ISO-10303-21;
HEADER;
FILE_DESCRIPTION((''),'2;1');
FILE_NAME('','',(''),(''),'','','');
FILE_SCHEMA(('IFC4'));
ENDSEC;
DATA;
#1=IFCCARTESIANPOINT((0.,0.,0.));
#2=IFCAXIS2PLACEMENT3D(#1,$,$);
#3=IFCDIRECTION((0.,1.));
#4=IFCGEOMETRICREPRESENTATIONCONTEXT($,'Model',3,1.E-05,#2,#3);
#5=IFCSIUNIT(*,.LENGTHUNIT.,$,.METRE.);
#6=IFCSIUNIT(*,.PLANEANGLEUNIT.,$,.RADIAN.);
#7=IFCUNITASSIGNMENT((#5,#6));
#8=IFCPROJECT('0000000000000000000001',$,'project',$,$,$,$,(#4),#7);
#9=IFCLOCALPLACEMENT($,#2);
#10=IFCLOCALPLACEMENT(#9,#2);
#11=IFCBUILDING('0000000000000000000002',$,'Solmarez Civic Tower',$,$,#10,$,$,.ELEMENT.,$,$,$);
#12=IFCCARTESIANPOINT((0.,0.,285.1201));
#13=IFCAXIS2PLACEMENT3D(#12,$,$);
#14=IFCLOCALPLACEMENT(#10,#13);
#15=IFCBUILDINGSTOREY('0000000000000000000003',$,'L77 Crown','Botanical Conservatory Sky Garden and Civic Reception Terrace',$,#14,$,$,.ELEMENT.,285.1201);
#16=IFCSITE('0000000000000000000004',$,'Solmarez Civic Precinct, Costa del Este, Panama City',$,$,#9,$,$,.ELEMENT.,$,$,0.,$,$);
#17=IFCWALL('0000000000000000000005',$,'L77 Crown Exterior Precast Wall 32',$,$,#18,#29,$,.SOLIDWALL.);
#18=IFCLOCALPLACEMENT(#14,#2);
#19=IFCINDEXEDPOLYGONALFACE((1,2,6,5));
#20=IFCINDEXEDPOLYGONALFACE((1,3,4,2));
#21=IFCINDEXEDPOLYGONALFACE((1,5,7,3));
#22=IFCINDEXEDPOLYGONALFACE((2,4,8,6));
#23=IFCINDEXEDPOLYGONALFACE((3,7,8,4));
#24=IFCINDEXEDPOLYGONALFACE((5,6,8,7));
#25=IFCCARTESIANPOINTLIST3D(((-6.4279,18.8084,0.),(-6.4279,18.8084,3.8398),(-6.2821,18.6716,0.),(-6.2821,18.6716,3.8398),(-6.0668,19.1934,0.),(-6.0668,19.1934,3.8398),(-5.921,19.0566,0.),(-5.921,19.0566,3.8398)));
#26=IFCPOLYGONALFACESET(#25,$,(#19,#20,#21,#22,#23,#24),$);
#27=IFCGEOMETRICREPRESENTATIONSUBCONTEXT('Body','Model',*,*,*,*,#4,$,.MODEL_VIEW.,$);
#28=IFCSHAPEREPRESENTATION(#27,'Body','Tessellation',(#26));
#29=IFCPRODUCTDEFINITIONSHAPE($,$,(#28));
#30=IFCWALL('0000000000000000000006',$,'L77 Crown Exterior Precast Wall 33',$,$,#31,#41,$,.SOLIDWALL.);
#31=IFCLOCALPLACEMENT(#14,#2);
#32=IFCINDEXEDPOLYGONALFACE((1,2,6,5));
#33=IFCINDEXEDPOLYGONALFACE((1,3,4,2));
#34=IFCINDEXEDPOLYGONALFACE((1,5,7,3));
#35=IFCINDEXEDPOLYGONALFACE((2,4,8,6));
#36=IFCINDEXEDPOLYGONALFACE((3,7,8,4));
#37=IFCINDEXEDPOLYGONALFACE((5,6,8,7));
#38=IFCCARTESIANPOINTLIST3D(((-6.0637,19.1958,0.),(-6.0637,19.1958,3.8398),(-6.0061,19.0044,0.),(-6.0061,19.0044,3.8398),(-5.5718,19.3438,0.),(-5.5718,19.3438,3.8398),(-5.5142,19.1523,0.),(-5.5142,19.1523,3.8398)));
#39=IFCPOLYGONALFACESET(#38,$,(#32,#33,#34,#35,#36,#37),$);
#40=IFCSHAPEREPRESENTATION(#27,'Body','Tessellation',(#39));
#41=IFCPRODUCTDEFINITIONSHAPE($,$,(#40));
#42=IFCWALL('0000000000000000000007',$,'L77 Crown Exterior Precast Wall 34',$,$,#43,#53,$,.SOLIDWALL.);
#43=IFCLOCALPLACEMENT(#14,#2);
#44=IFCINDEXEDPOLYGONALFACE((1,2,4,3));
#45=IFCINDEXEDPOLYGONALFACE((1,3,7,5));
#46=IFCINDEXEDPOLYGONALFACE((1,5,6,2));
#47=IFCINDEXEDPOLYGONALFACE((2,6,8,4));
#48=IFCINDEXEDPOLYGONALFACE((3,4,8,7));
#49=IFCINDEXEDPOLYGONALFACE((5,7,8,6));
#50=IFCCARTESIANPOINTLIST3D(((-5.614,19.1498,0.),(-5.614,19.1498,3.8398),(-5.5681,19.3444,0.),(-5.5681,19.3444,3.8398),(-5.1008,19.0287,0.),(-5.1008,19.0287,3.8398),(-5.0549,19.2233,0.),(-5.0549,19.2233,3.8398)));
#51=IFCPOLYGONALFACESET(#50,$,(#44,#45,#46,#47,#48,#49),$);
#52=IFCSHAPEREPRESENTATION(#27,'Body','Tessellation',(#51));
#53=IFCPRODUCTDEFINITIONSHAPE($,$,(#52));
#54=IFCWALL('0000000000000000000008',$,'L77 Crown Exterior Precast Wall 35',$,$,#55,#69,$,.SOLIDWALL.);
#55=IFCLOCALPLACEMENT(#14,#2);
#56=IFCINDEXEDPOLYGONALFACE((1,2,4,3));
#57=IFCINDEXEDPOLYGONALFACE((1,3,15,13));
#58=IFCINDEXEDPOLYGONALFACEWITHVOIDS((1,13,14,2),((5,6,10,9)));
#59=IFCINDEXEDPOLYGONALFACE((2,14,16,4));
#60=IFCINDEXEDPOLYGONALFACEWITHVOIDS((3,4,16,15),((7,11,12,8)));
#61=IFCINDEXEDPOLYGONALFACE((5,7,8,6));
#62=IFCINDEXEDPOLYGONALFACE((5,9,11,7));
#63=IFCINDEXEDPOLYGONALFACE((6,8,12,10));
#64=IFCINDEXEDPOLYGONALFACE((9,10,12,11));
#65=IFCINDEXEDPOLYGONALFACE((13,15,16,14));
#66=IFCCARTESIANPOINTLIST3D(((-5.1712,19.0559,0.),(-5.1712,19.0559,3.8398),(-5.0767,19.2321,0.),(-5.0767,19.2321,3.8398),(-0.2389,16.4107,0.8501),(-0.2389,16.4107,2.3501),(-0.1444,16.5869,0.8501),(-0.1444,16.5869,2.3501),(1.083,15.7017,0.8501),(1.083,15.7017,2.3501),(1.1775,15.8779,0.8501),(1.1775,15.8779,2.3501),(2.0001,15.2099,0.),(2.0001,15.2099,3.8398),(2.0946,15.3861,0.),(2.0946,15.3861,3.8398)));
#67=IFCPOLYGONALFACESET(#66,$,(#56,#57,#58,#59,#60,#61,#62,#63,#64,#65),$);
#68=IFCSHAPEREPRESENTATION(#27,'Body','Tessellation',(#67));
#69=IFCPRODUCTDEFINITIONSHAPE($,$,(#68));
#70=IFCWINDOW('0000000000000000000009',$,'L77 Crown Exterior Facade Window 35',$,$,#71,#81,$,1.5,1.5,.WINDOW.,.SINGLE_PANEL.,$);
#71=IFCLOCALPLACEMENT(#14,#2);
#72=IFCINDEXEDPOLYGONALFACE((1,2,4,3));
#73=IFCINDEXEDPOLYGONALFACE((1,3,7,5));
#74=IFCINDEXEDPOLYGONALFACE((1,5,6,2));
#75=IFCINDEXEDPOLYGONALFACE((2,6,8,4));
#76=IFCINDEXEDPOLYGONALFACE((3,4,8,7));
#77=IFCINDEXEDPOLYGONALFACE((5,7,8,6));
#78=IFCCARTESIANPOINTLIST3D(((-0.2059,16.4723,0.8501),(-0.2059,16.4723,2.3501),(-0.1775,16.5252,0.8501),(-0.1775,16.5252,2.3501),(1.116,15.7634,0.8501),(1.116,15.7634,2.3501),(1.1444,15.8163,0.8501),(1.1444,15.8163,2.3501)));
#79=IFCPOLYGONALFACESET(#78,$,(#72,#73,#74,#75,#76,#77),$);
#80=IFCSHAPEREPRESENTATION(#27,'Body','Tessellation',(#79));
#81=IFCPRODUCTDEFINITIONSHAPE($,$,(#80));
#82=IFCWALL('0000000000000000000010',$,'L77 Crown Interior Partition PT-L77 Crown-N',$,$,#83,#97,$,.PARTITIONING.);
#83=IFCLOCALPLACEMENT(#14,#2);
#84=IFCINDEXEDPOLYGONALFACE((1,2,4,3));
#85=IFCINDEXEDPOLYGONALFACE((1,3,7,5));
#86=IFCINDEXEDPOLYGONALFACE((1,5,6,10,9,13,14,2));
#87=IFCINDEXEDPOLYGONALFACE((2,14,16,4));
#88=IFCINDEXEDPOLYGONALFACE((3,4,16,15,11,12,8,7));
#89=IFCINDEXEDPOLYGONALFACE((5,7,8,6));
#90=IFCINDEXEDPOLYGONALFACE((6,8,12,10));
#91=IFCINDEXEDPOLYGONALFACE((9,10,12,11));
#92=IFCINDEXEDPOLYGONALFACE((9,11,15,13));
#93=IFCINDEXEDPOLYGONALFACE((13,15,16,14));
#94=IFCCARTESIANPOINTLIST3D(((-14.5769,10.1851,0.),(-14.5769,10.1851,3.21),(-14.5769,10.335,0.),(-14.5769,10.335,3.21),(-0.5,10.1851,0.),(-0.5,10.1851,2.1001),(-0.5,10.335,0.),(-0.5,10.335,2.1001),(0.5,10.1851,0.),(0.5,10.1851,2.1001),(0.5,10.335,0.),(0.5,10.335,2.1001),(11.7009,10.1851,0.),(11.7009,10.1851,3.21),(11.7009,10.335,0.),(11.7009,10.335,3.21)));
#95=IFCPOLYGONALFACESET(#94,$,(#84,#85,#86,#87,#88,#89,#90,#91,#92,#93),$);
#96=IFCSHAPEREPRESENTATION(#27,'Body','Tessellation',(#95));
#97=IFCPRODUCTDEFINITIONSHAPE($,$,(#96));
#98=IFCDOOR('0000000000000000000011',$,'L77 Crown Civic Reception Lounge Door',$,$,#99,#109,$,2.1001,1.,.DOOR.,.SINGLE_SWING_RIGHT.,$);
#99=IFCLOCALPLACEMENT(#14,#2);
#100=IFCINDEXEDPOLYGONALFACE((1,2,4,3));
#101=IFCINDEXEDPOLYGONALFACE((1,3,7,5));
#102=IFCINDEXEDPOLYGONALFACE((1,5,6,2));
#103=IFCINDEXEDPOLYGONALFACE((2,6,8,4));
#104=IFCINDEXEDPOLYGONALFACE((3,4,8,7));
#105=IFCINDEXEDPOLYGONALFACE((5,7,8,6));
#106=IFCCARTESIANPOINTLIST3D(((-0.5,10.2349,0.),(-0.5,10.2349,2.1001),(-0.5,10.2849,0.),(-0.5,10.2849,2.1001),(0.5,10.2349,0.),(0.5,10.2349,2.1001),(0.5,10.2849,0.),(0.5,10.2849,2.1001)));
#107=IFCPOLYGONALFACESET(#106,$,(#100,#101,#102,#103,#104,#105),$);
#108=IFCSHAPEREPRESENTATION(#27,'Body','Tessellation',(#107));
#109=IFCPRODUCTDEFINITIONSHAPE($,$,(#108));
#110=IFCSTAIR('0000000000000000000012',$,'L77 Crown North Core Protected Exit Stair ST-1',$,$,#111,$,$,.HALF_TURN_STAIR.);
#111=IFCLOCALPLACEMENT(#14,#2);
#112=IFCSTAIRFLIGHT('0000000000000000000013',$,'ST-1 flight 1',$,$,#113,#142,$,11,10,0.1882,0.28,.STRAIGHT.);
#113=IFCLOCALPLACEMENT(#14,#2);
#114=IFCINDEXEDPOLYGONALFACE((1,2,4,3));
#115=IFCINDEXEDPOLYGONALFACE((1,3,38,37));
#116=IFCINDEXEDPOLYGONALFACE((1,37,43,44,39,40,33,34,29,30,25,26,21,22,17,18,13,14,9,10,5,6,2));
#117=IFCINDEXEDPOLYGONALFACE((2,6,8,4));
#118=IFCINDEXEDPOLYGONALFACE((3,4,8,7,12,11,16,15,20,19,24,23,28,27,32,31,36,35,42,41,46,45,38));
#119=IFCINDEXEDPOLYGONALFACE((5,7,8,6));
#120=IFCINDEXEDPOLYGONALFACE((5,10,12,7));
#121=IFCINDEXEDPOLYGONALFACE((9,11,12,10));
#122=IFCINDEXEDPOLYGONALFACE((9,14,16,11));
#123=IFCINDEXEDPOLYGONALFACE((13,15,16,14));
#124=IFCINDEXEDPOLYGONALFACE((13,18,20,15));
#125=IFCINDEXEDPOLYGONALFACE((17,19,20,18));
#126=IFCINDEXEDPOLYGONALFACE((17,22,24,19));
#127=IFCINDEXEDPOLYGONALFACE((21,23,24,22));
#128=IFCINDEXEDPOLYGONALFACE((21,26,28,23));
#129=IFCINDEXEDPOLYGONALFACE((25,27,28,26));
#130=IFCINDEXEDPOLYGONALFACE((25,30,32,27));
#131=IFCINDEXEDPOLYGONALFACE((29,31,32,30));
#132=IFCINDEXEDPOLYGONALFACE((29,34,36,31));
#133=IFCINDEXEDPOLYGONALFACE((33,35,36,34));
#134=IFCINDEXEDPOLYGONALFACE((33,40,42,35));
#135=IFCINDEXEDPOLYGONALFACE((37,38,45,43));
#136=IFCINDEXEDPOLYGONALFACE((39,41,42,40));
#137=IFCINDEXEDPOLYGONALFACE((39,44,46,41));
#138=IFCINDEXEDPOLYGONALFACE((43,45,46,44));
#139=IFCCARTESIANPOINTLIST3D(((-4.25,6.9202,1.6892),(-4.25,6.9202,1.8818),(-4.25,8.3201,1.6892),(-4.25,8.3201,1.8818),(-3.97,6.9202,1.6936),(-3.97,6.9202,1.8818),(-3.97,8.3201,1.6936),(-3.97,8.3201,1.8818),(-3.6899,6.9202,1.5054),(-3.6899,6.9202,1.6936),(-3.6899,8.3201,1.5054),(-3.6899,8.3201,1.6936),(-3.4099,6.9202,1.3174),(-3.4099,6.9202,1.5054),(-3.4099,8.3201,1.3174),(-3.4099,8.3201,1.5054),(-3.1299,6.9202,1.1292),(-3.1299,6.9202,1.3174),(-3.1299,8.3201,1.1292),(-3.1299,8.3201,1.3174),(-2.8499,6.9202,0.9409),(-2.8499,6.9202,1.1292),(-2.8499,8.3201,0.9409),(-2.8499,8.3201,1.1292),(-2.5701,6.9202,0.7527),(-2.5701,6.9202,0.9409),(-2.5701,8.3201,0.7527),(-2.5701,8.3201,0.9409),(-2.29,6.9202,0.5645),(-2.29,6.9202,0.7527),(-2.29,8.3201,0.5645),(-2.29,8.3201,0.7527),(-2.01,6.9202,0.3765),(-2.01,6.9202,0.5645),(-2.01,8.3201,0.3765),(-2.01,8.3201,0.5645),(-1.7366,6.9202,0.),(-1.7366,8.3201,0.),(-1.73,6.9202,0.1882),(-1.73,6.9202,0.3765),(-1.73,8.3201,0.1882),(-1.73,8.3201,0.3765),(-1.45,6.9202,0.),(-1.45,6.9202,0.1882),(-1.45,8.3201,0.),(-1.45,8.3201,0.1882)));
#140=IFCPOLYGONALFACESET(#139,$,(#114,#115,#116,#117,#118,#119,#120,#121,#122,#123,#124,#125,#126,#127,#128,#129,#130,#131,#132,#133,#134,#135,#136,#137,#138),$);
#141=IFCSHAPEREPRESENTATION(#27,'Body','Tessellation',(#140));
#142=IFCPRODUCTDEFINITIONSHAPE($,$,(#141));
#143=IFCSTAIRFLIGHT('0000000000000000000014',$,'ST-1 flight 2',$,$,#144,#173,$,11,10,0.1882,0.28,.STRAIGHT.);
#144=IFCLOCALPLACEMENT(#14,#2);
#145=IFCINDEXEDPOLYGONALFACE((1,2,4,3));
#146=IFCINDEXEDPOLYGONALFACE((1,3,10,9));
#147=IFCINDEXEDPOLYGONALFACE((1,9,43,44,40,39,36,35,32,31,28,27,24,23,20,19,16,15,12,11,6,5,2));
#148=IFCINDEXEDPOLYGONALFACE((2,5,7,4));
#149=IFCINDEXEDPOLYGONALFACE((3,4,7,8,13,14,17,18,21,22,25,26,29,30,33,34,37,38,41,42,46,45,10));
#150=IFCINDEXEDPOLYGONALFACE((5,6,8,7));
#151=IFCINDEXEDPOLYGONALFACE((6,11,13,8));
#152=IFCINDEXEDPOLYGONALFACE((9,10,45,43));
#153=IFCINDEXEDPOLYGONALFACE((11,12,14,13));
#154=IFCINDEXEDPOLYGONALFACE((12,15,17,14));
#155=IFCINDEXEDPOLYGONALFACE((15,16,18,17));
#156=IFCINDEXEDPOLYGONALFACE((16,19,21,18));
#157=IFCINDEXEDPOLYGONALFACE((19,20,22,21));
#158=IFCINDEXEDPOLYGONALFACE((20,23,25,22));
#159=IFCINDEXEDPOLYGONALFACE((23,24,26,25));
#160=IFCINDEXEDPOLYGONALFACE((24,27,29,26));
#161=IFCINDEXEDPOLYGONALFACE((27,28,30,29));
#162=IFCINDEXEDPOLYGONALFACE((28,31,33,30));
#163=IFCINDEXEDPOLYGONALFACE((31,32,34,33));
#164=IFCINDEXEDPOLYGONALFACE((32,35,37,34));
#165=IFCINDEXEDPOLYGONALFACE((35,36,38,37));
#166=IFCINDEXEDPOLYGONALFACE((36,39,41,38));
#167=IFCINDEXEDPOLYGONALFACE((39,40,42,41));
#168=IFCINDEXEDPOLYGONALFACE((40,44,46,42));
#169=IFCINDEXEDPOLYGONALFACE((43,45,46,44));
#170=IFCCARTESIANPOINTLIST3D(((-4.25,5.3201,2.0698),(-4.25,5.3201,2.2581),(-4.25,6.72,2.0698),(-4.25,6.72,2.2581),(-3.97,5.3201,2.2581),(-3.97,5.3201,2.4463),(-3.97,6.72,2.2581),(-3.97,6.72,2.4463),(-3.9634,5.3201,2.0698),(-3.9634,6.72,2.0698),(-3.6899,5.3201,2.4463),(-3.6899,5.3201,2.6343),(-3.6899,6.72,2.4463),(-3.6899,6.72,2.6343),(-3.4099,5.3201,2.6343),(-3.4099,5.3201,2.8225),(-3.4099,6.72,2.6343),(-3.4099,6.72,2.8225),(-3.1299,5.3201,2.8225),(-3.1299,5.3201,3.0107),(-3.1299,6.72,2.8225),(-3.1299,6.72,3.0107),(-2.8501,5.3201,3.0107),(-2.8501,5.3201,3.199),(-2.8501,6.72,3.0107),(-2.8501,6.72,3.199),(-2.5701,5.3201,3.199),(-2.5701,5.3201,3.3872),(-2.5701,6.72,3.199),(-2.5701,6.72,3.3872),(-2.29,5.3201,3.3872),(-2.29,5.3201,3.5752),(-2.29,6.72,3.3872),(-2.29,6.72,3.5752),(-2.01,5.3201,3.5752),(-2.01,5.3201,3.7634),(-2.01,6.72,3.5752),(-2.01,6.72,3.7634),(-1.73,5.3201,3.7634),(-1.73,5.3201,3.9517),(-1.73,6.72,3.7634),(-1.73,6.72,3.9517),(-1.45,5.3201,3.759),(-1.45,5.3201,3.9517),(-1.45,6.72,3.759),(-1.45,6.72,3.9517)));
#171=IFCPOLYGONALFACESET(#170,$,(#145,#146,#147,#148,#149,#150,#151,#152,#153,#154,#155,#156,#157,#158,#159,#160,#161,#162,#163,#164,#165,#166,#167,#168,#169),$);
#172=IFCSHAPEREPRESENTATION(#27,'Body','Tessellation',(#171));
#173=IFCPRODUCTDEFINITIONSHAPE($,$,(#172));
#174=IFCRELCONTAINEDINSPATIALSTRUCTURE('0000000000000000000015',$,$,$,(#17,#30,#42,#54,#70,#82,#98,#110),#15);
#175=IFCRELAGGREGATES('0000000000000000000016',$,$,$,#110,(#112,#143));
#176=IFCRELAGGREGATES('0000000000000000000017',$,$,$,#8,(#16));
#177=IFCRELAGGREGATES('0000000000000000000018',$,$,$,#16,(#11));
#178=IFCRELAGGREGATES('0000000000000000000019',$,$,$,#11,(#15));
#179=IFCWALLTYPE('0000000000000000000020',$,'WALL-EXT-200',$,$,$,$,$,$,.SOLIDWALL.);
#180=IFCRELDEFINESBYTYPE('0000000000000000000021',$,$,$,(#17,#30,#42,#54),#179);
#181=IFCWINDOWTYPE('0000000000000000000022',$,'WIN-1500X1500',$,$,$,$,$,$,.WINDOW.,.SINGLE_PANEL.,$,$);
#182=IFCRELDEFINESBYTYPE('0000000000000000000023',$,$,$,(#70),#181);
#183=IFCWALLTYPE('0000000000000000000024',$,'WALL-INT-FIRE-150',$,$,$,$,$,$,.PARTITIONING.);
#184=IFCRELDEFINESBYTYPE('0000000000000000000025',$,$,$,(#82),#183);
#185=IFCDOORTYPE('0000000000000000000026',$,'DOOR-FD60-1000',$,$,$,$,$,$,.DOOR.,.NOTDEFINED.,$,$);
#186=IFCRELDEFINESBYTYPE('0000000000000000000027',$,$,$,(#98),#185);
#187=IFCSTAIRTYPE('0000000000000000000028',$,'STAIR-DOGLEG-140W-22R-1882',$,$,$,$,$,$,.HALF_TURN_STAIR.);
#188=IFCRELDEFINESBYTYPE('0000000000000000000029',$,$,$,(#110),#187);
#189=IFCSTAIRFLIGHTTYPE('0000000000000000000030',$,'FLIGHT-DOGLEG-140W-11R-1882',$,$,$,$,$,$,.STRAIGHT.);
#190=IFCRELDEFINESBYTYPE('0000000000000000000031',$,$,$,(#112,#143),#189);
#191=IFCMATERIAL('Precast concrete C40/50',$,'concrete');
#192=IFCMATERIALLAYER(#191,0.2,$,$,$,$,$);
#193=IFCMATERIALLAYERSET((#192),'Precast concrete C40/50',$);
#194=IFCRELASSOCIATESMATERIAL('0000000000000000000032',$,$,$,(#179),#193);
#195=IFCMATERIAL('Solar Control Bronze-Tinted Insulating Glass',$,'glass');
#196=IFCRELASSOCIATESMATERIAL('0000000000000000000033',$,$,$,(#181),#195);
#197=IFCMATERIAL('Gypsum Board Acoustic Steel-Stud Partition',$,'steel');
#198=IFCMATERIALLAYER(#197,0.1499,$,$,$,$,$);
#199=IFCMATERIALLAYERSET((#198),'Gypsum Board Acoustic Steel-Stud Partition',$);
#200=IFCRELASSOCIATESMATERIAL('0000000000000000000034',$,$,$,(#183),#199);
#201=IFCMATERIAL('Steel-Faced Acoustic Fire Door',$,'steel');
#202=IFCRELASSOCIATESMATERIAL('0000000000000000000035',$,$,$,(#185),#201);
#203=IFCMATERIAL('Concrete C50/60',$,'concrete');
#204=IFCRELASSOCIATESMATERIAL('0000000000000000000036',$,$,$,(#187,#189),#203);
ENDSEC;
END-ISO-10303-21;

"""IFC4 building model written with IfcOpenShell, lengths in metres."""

from ifc_helpers import new_model, si_unit, direction, frame, frame_2d, origin, place, context, subcontext, project, spatial, polyline, rectangle, outline, extrude, material, layer, layer_set, type_object, element, fill, aggregate, save


model = new_model("IFC4")

# Units and contexts
model_context = context("Model", 3, precision=1e-05, world=origin(), true_north=direction((0.0, 1.0)))
body_context = subcontext(model_context, "Body", "Model", "MODEL_VIEW")
ifc_project = project(units=[si_unit("LENGTHUNIT", "METRE"), si_unit("PLANEANGLEUNIT", "RADIAN")], contexts=[model_context])

# Site, building, storey
site_placement = place(None, origin())
site = spatial("IfcSite", under=ifc_project, at=site_placement, Name="Solmarez Civic Precinct, Costa del Este, Panama City", CompositionType="ELEMENT", RefElevation=0.0)
building_placement = place(site_placement, origin())
building = spatial("IfcBuilding", under=site, at=building_placement, Name="Solmarez Civic Tower", CompositionType="ELEMENT")
storey_placement = place(building_placement, frame((0.0, 0.0, 285.1201)))
storey = spatial("IfcBuildingStorey", under=building, at=storey_placement, Name="L77 Crown", Description="Botanical Conservatory Sky Garden and Civic Reception Terrace", CompositionType="ELEMENT", Elevation=285.1201)

# Shared definitions
ifc_material_1 = material(Name="Concrete C50/60", Category="concrete")
ifc_material_2 = material(Name="Precast concrete C40/50", Category="concrete")
ifc_layer_1 = layer(ifc_material_2, 0.2)
ifc_layer_set_1 = layer_set([ifc_layer_1], Name="Precast concrete C40/50")
wall_type_1 = type_object("IfcWallType", Name="WALL-EXT-200", PredefinedType="SOLIDWALL", material=ifc_layer_set_1)

# Shared definitions
ifc_material_3 = material(Name="Solar Control Bronze-Tinted Insulating Glass", Category="glass")

# Walls
wall_1_placement = place(storey_placement, frame((-6.355, 18.74, 0.0), z_axis=(0.0, 0.0, 1.0), x_axis=(0.68408, 0.729407, 0.0)))
element("IfcWall", 1, at=wall_1_placement, inside=storey, type_object=wall_type_1, Name="L77 Crown Exterior Precast Wall 32", PredefinedType="SOLIDWALL", context=body_context, shape_type="SweptSolid", body=[
    extrude(rectangle(XDim=0.5278, YDim=0.2, at=frame_2d((0.2639, 0.0))), origin(), (0.0, 0.0, 1.0), 3.8398),
])
wall_2_placement = place(storey_placement, frame((-6.0349, 19.1001, 0.0), z_axis=(0.0, 0.0, 1.0), x_axis=(0.95763, 0.288002, 0.0)))
element("IfcWall", 2, at=wall_2_placement, inside=storey, type_object=wall_type_1, Name="L77 Crown Exterior Precast Wall 33", PredefinedType="SOLIDWALL", context=body_context, shape_type="SweptSolid", body=[
    extrude(rectangle(XDim=0.5137, YDim=0.2, at=frame_2d((0.2568, 0.0))), origin(), (0.0, 0.0, 1.0), 3.8398),
])
wall_3_placement = place(storey_placement, frame((-5.5911, 19.2471, 0.0), z_axis=(0.0, 0.0, 1.0), x_axis=(0.973271, -0.229659, 0.0)))
element("IfcWall", 3, at=wall_3_placement, inside=storey, type_object=wall_type_1, Name="L77 Crown Exterior Precast Wall 34", PredefinedType="SOLIDWALL", context=body_context, shape_type="SweptSolid", body=[
    extrude(rectangle(XDim=0.5273, YDim=0.2, at=frame_2d((0.2637, 0.0))), origin(), (0.0, 0.0, 1.0), 3.8398),
])

# Wall, opening, window
wall_4_placement = place(storey_placement, frame((-5.124, 19.144, 0.0), z_axis=(0.0, 0.0, 1.0), x_axis=(0.881262, -0.472628, 0.0)))
wall_4 = element("IfcWall", 4, at=wall_4_placement, inside=storey, type_object=wall_type_1, Name="L77 Crown Exterior Precast Wall 35", PredefinedType="SOLIDWALL", context=body_context, shape_type="SweptSolid", body=[
    extrude(rectangle(XDim=8.1375, YDim=0.2, at=frame_2d((4.0688, 0.0))), origin(), (0.0, 0.0, 1.0), 3.8398),
])
opening_1_placement = place(wall_4_placement, frame((5.5969, 0.0, 0.8501)))
opening_1 = element("IfcOpeningElement", 5, at=opening_1_placement, cuts=wall_4, PredefinedType="OPENING", context=body_context, shape_type="SweptSolid", body=[
    extrude(rectangle(XDim=1.5, YDim=1.5, at=frame_2d((0.75, 0.75))), frame((0.0, 0.1099, 0.0), z_axis=(0.0, -1.0, 0.0), x_axis=(1.0, 0.0, 0.0)), (0.0, 0.0, 1.0), 0.22),
])
window_type_1 = type_object("IfcWindowType", Name="WIN-1500X1500", PartitioningType="SINGLE_PANEL", PredefinedType="WINDOW", material=ifc_material_3)
window_1_placement = place(opening_1_placement, origin())
window_1 = element("IfcWindow", 6, at=window_1_placement, inside=storey, type_object=window_type_1, Name="L77 Crown Exterior Facade Window 35", OverallHeight=1.5, OverallWidth=1.5, PartitioningType="SINGLE_PANEL", PredefinedType="WINDOW", context=body_context, shape_type="SweptSolid", body=[
    extrude(rectangle(XDim=1.5, YDim=1.5, at=frame_2d((0.75, 0.75))), frame((0.0, 0.03, 0.0), z_axis=(0.0, -1.0, 0.0), x_axis=(1.0, 0.0, 0.0)), (0.0, 0.0, 1.0), 0.0601),
])
fill(opening_1, window_1)

# Wall, opening, door
ifc_material_4 = material(Name="Gypsum Board Acoustic Steel-Stud Partition", Category="steel")
ifc_layer_2 = layer(ifc_material_4, 0.1499)
ifc_layer_set_2 = layer_set([ifc_layer_2], Name="Gypsum Board Acoustic Steel-Stud Partition")
wall_type_2 = type_object("IfcWallType", Name="WALL-INT-FIRE-150", PredefinedType="PARTITIONING", material=ifc_layer_set_2)
wall_5_placement = place(storey_placement, frame((-14.5769, 10.26, 0.0), z_axis=(0.0, 0.0, 1.0), x_axis=(1.0, 0.0, 0.0)))
wall_5 = element("IfcWall", 7, at=wall_5_placement, inside=storey, type_object=wall_type_2, Name="L77 Crown Interior Partition PT-L77 Crown-N", PredefinedType="PARTITIONING", context=body_context, shape_type="SweptSolid", body=[
    extrude(rectangle(XDim=26.2778, YDim=0.1499, at=frame_2d((13.1389, 0.0))), origin(), (0.0, 0.0, 1.0), 3.21),
])
opening_2_placement = place(wall_5_placement, frame((14.0769, 0.0, 0.0)))
opening_2 = element("IfcOpeningElement", 8, at=opening_2_placement, cuts=wall_5, PredefinedType="OPENING", context=body_context, shape_type="SweptSolid", body=[
    extrude(rectangle(XDim=1.0, YDim=2.1001, at=frame_2d((0.5, 1.05))), frame((0.0, 0.085, 0.0), z_axis=(0.0, -1.0, 0.0), x_axis=(1.0, 0.0, 0.0)), (0.0, 0.0, 1.0), 0.1699),
])
ifc_material_5 = material(Name="Steel-Faced Acoustic Fire Door", Category="steel")
door_type = type_object("IfcDoorType", Name="DOOR-FD60-1000", OperationType="NOTDEFINED", PredefinedType="DOOR", material=ifc_material_5)
door_placement = place(opening_2_placement, origin())
door = element("IfcDoor", 9, at=door_placement, inside=storey, type_object=door_type, Name="L77 Crown Civic Reception Lounge Door", OperationType="SINGLE_SWING_RIGHT", OverallHeight=2.1001, OverallWidth=1.0, PredefinedType="DOOR", context=body_context, shape_type="SweptSolid", body=[
    extrude(rectangle(XDim=1.0, YDim=2.1001, at=frame_2d((0.5, 1.05))), frame((0.0, 0.0249, 0.0), z_axis=(0.0, -1.0, 0.0), x_axis=(1.0, 0.0, 0.0)), (0.0, 0.0, 1.0), 0.05),
])
fill(opening_2, door)

# Stair, stair flights
stair_type = type_object("IfcStairType", Name="STAIR-DOGLEG-140W-22R-1882", PredefinedType="HALF_TURN_STAIR", material=ifc_material_1)
stair_placement = place(storey_placement, origin())
stair = element("IfcStair", 10, at=stair_placement, inside=storey, type_object=stair_type, Name="L77 Crown North Core Protected Exit Stair ST-1", PredefinedType="HALF_TURN_STAIR")
stair_flight_type = type_object("IfcStairFlightType", Name="FLIGHT-DOGLEG-140W-11R-1882", PredefinedType="STRAIGHT", material=ifc_material_1)
stair_flight_1_placement = place(storey_placement, frame((-1.45, 7.6201, 0.0), z_axis=(0.0, 0.0, 1.0), x_axis=(-1.0, 0.0, 0.0)))
stair_flight_1 = element("IfcStairFlight", 11, at=stair_flight_1_placement, type_object=stair_flight_type, Name="ST-1 flight 1", NumberOfRisers=11, NumberOfTreads=10, PredefinedType="STRAIGHT", RiserHeight=0.1882, TreadLength=0.28, context=body_context, shape_type="SweptSolid", body=[
    extrude(outline(polyline([(0.0, 0.0), (0.0, 0.1882), (0.28, 0.1882), (0.28, 0.3765), (0.5601, 0.3765), (0.5601, 0.5645), (0.8401, 0.5645), (0.8401, 0.7527), (1.1201, 0.7527), (1.1201, 0.9409), (1.3999, 0.9409), (1.3999, 1.1292), (1.6799, 1.1292), (1.6799, 1.3174), (1.96, 1.3174), (1.96, 1.5054), (2.24, 1.5054), (2.24, 1.6936), (2.52, 1.6936), (2.52, 1.8818), (2.8, 1.8818), (2.8, 2.0701), (2.8, 1.6892), (0.2866, 0.0), (0.0, 0.0)])), frame((0.0, 0.7, 0.0), z_axis=(0.0, -1.0, 0.0), x_axis=(1.0, 0.0, 0.0)), (0.0, 0.0, 1.0), 1.3999),
])
stair_flight_2_placement = place(storey_placement, frame((-4.25, 6.02, 2.0698), z_axis=(0.0, 0.0, 1.0), x_axis=(1.0, 0.0, 0.0)))
stair_flight_2 = element("IfcStairFlight", 12, at=stair_flight_2_placement, type_object=stair_flight_type, Name="ST-1 flight 2", NumberOfRisers=11, NumberOfTreads=10, PredefinedType="STRAIGHT", RiserHeight=0.1882, TreadLength=0.28, context=body_context, shape_type="SweptSolid", body=[
    extrude(outline(polyline([(0.0, 0.0), (0.0, 0.1882), (0.28, 0.1882), (0.28, 0.3765), (0.5601, 0.3765), (0.5601, 0.5645), (0.8401, 0.5645), (0.8401, 0.7527), (1.1201, 0.7527), (1.1201, 0.9409), (1.3999, 0.9409), (1.3999, 1.1292), (1.6799, 1.1292), (1.6799, 1.3174), (1.96, 1.3174), (1.96, 1.5054), (2.24, 1.5054), (2.24, 1.6936), (2.52, 1.6936), (2.52, 1.8818), (2.8, 1.8818), (2.8, 2.0701), (2.8, 1.6892), (0.2866, 0.0), (0.0, 0.0)])), frame((0.0, 0.7, 0.0), z_axis=(0.0, -1.0, 0.0), x_axis=(1.0, 0.0, 0.0)), (0.0, 0.0, 1.0), 1.3999),
])
aggregate(stair, [stair_flight_1, stair_flight_2])

save(model, "model.ifc")
